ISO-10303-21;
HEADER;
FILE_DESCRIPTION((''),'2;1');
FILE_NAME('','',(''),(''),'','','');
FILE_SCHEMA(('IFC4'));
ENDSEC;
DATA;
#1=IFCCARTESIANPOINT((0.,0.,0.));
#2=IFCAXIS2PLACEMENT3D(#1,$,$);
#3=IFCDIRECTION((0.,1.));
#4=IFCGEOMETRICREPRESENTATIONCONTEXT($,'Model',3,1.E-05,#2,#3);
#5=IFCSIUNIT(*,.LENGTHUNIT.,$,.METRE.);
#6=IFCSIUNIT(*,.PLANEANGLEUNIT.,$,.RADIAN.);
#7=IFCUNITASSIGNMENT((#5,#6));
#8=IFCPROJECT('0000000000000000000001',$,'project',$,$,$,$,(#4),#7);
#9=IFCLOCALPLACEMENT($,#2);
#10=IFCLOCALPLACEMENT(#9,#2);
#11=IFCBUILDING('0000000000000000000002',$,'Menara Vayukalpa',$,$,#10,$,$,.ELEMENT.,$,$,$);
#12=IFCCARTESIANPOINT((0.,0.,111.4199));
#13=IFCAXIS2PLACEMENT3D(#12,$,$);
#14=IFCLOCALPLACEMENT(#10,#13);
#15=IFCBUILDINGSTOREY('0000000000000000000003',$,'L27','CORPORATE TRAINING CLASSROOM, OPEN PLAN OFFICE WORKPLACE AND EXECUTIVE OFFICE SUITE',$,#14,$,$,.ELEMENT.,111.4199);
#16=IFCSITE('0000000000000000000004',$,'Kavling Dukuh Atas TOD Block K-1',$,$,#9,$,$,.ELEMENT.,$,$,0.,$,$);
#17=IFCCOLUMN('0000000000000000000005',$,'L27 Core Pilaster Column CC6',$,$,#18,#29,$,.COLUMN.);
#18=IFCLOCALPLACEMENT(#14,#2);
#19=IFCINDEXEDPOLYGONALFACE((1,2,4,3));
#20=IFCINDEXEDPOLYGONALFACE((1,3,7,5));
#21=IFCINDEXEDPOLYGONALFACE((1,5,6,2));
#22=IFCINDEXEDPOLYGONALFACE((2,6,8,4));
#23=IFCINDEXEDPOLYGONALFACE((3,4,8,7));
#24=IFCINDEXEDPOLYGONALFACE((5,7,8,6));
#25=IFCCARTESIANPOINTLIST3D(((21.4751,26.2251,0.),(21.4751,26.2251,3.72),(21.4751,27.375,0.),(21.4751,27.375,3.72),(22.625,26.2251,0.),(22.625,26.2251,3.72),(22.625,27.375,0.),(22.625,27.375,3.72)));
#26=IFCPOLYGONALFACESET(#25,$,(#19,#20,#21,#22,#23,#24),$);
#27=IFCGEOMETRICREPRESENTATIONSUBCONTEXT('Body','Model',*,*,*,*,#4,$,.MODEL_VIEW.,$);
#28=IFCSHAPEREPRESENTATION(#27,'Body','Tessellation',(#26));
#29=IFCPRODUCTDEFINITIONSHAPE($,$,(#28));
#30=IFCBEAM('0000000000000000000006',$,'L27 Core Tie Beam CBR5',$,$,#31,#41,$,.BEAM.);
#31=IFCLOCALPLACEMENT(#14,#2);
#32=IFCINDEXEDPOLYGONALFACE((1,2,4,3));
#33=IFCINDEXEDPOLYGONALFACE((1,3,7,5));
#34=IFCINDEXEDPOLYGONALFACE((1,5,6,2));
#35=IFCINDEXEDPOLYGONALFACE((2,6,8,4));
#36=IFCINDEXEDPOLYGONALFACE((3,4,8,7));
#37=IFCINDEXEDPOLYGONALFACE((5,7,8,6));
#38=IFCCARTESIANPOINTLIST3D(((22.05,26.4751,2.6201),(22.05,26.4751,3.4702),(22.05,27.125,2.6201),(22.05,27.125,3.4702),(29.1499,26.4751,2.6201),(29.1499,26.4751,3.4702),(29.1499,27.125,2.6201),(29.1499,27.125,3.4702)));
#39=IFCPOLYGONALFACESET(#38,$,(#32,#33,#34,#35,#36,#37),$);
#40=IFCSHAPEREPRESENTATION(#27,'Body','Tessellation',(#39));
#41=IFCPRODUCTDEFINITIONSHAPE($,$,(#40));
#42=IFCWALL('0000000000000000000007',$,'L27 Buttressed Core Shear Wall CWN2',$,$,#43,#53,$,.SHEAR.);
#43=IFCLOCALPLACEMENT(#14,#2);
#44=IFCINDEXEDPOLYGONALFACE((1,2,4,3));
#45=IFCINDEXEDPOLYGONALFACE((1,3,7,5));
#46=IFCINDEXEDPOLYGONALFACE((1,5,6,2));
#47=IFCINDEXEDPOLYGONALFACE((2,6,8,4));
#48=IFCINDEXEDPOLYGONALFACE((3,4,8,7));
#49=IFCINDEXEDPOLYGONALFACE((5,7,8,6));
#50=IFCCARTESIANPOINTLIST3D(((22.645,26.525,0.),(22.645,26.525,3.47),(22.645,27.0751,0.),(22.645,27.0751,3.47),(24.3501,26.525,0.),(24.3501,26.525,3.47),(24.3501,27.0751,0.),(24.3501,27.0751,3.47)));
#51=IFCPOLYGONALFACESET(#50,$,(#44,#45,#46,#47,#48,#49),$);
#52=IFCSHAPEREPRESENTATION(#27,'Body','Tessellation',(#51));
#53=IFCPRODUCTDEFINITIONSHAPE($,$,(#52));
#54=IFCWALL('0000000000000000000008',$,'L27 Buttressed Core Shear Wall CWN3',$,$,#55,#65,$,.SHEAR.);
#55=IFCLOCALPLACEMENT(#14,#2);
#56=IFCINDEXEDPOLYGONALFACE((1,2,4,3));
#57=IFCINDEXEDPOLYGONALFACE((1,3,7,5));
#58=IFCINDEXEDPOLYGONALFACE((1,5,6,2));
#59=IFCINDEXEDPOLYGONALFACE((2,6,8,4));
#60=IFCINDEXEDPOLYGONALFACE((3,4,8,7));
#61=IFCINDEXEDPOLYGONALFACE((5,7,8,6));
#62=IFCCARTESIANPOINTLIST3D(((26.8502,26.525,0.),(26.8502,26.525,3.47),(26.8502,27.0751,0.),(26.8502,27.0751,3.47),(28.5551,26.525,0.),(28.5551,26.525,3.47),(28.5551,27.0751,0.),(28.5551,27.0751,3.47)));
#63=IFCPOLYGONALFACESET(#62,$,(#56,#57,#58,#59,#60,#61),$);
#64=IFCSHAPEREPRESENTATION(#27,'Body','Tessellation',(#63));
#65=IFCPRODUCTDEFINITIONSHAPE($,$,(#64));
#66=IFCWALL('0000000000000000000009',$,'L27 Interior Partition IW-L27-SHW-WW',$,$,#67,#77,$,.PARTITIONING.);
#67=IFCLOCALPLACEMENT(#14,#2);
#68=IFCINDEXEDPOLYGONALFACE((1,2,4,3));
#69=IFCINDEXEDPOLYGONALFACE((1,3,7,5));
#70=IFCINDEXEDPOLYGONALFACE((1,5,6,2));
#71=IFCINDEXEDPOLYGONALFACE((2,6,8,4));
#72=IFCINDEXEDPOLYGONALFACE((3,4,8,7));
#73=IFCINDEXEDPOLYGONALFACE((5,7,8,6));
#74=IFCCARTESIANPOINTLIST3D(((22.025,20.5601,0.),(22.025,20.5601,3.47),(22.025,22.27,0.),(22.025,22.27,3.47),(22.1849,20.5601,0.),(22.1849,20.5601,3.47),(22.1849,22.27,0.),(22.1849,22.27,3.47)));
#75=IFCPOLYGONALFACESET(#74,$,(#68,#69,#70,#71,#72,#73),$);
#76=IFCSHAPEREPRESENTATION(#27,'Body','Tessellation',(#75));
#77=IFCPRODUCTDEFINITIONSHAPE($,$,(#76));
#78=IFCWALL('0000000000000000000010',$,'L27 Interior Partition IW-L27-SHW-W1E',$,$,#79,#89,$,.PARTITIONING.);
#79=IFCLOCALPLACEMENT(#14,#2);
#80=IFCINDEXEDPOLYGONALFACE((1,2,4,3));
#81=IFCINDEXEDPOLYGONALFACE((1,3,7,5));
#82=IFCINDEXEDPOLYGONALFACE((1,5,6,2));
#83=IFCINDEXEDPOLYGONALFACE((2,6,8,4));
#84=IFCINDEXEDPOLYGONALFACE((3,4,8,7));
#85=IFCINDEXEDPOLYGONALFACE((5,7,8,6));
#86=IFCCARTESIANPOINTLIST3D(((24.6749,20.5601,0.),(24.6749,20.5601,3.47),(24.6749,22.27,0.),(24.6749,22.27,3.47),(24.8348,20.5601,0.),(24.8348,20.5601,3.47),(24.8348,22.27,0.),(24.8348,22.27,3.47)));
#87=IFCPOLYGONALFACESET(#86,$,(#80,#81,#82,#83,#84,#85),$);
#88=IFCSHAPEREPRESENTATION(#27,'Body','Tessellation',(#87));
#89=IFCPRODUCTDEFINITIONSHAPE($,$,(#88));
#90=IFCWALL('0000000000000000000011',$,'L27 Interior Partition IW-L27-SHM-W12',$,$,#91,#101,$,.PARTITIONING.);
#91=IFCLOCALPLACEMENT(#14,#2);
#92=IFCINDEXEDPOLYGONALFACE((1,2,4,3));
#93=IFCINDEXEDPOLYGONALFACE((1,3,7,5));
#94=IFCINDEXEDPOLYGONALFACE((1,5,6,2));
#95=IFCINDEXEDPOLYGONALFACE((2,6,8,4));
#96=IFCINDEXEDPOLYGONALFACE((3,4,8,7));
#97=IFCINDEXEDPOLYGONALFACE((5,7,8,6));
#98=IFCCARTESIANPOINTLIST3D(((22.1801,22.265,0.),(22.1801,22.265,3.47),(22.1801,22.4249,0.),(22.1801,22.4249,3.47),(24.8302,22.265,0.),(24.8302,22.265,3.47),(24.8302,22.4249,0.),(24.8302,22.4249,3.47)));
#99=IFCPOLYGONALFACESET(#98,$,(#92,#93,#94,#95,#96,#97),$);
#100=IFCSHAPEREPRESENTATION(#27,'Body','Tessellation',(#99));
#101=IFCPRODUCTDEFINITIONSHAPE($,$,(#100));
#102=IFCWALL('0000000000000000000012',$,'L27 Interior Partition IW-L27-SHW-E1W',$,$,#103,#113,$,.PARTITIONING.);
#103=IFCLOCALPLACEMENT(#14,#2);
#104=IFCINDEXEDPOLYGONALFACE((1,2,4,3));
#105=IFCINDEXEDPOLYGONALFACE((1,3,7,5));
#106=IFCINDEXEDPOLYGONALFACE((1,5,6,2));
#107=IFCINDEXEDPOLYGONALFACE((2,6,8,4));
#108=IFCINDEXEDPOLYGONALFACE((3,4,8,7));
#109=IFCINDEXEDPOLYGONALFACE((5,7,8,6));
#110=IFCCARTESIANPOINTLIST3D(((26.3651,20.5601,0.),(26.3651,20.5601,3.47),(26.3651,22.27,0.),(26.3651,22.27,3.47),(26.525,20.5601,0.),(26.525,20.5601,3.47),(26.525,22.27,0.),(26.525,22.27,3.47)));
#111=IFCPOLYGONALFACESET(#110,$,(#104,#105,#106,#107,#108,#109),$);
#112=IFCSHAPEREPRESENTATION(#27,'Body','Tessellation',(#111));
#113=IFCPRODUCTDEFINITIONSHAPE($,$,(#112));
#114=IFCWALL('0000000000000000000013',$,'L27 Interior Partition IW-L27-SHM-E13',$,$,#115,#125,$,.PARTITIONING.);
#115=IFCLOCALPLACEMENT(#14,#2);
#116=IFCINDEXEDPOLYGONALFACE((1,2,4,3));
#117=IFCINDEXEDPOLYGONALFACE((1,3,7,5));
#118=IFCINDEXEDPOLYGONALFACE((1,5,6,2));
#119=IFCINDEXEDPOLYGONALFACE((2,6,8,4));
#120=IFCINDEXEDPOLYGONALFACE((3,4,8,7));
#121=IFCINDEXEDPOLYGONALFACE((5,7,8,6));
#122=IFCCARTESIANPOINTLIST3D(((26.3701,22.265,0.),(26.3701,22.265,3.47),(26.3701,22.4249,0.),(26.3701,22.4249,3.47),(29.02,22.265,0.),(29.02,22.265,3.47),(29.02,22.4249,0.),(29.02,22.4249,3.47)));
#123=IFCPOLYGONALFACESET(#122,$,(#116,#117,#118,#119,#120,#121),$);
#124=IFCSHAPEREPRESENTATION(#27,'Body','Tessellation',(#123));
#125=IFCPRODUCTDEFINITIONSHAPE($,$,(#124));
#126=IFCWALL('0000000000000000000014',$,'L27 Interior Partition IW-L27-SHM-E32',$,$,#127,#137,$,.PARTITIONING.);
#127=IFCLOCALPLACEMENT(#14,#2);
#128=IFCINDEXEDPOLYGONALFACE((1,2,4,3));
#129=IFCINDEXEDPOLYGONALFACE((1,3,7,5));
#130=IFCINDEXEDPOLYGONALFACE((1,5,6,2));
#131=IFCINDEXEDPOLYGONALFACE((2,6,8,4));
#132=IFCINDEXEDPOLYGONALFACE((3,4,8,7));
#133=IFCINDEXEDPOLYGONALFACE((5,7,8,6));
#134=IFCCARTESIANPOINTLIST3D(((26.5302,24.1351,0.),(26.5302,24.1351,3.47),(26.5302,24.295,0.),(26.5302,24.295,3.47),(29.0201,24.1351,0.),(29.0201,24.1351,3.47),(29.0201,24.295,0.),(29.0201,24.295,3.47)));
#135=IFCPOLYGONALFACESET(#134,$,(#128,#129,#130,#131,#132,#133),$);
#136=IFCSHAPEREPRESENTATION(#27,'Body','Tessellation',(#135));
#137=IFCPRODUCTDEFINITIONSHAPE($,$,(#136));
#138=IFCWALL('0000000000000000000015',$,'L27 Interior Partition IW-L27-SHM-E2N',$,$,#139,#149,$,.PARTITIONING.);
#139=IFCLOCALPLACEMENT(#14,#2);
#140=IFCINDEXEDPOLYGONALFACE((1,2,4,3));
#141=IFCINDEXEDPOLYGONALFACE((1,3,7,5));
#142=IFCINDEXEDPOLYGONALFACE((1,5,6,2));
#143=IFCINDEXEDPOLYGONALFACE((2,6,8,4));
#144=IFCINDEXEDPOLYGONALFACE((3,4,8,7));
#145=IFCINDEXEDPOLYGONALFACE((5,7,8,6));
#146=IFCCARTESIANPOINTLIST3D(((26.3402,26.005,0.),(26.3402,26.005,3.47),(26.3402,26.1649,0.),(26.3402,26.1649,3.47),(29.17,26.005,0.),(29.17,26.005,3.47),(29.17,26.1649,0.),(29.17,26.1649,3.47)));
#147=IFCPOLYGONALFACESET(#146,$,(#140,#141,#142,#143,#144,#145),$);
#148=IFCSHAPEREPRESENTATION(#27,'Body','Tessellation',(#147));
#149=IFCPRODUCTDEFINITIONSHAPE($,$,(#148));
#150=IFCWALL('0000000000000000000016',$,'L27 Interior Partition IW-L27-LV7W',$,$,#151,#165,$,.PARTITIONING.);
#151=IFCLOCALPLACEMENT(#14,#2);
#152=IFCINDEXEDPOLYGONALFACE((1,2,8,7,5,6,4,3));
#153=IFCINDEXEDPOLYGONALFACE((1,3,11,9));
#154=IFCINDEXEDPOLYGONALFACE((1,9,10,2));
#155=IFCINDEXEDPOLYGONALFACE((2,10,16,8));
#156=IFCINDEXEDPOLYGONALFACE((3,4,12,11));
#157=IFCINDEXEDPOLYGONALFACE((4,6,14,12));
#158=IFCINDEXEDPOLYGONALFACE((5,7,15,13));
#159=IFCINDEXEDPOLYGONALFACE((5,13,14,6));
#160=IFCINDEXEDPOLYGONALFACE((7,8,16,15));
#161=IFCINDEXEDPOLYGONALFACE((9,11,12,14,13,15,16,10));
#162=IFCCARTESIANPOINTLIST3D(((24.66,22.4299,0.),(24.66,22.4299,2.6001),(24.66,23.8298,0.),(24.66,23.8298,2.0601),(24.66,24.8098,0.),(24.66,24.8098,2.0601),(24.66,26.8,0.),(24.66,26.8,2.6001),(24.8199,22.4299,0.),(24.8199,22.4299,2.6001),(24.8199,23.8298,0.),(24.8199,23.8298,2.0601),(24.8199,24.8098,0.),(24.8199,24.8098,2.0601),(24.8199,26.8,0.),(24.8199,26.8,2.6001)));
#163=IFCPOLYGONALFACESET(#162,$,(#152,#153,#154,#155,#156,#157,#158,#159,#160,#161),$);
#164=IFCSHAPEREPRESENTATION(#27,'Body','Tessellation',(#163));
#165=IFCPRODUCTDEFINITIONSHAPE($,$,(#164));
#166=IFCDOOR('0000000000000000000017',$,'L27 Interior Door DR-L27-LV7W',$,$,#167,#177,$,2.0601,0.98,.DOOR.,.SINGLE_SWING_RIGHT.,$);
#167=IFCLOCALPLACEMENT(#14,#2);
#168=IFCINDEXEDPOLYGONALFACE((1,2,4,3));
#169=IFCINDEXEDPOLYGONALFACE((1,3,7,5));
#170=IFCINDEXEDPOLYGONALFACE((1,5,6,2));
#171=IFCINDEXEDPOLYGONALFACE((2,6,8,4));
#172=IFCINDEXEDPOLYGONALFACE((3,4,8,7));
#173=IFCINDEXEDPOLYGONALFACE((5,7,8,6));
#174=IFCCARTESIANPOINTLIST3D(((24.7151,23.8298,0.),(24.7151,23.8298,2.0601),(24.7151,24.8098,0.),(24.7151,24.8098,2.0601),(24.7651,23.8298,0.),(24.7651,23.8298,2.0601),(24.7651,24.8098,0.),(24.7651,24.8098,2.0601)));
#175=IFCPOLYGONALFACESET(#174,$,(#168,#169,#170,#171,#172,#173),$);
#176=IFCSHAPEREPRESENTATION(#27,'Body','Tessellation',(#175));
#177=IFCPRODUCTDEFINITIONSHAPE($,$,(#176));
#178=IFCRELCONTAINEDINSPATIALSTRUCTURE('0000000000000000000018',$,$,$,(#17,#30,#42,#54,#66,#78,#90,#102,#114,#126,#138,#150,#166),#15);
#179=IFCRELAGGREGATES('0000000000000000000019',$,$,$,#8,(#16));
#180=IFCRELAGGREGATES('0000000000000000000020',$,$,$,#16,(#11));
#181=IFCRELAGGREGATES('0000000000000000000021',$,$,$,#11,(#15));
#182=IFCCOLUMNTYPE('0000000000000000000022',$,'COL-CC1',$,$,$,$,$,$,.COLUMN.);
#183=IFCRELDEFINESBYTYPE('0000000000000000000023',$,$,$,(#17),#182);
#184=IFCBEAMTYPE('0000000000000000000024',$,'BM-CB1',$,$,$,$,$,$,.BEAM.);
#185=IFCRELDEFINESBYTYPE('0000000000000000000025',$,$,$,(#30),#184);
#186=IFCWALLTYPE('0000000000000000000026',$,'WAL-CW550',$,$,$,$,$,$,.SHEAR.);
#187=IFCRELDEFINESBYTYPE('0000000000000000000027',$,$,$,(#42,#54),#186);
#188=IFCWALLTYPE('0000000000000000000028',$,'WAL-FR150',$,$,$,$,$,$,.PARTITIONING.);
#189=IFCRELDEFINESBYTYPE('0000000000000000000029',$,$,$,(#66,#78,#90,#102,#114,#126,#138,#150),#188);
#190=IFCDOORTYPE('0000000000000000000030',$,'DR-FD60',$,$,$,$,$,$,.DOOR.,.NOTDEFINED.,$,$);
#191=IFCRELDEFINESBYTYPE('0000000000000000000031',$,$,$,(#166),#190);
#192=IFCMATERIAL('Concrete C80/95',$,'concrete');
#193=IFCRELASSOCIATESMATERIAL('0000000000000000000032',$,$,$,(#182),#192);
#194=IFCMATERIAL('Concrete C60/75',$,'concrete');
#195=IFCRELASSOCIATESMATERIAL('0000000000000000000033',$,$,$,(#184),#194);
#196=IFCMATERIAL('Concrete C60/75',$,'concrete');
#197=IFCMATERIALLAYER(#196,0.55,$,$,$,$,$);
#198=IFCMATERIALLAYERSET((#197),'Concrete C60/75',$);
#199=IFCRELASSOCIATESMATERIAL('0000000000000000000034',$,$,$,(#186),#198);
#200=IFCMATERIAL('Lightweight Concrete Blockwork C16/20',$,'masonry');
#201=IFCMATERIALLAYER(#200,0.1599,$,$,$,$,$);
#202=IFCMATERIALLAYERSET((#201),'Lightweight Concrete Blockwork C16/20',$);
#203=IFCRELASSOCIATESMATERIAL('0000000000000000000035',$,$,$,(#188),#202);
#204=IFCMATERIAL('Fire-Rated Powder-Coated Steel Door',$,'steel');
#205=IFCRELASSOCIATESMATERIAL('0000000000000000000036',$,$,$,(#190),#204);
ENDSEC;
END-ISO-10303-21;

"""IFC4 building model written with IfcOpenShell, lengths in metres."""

from ifc_helpers import new_model, si_unit, direction, frame, frame_2d, origin, origin_2d, place, context, subcontext, project, spatial, rectangle, extrude, material, layer, layer_set, material_profile, profile_set, type_object, element, fill, save


model = new_model("IFC4")

# Units and contexts
model_context = context("Model", 3, precision=1e-05, world=origin(), true_north=direction((0.0, 1.0)))
body_context = subcontext(model_context, "Body", "Model", "MODEL_VIEW")
ifc_project = project(units=[si_unit("LENGTHUNIT", "METRE"), si_unit("PLANEANGLEUNIT", "RADIAN")], contexts=[model_context])

# Site, building, storey
site_placement = place(None, origin())
site = spatial("IfcSite", under=ifc_project, at=site_placement, Name="Kavling Dukuh Atas TOD Block K-1", CompositionType="ELEMENT", RefElevation=0.0)
building_placement = place(site_placement, origin())
building = spatial("IfcBuilding", under=site, at=building_placement, Name="Menara Vayukalpa", CompositionType="ELEMENT")
storey_placement = place(building_placement, frame((0.0, 0.0, 111.4199)))
storey = spatial("IfcBuildingStorey", under=building, at=storey_placement, Name="L27", Description="CORPORATE TRAINING CLASSROOM, OPEN PLAN OFFICE WORKPLACE AND EXECUTIVE OFFICE SUITE", CompositionType="ELEMENT", Elevation=111.4199)

# Column
ifc_material_1 = material(Name="Concrete C80/95", Category="concrete")
ifc_material_profile_1 = material_profile(ifc_material_1, rectangle(XDim=1.1499, YDim=1.1499, at=origin_2d()), Name="RC 1150x1150")
ifc_profile_set_1 = profile_set([ifc_material_profile_1], Name="Concrete C80/95")
column_type = type_object("IfcColumnType", Name="COL-CC1", PredefinedType="COLUMN", material=ifc_profile_set_1)
column_placement = place(storey_placement, frame((22.05, 26.8, 0.0), z_axis=(0.0, 0.0, 1.0), x_axis=(1.0, 0.0, 0.0)))
element("IfcColumn", 1, at=column_placement, inside=storey, type_object=column_type, Name="L27 Core Pilaster Column CC6", PredefinedType="COLUMN", context=body_context, shape_type="SweptSolid", body=[
    extrude(rectangle(XDim=1.1499, YDim=1.1499, at=origin_2d()), origin(), (0.0, 0.0, 1.0), 3.72),
])

# Beam
ifc_material_2 = material(Name="Concrete C60/75", Category="concrete")
ifc_material_profile_2 = material_profile(ifc_material_2, rectangle(XDim=0.6499, YDim=0.8501, at=origin_2d()), Name="RC 650x850")
ifc_profile_set_2 = profile_set([ifc_material_profile_2], Name="Concrete C60/75")
beam_type = type_object("IfcBeamType", Name="BM-CB1", PredefinedType="BEAM", material=ifc_profile_set_2)
beam_placement = place(storey_placement, frame((22.05, 26.8, 3.0452), z_axis=(1.0, 0.0, 0.0), x_axis=(0.0, 1.0, 0.0)))
element("IfcBeam", 2, at=beam_placement, inside=storey, type_object=beam_type, Name="L27 Core Tie Beam CBR5", PredefinedType="BEAM", context=body_context, shape_type="SweptSolid", body=[
    extrude(rectangle(XDim=0.6499, YDim=0.8501, at=origin_2d()), origin(), (0.0, 0.0, 1.0), 7.0999),
])

# Walls
ifc_material_3 = material(Name="Concrete C60/75", Category="concrete")
ifc_layer_1 = layer(ifc_material_3, 0.55)
ifc_layer_set_1 = layer_set([ifc_layer_1], Name="Concrete C60/75")
wall_type_1 = type_object("IfcWallType", Name="WAL-CW550", PredefinedType="SHEAR", material=ifc_layer_set_1)
wall_1_placement = place(storey_placement, frame((22.645, 26.8, 0.0), z_axis=(0.0, 0.0, 1.0), x_axis=(1.0, 0.0, 0.0)))
element("IfcWall", 3, at=wall_1_placement, inside=storey, type_object=wall_type_1, Name="L27 Buttressed Core Shear Wall CWN2", PredefinedType="SHEAR", context=body_context, shape_type="SweptSolid", body=[
    extrude(rectangle(XDim=1.7051, YDim=0.55, at=frame_2d((0.8525, 0.0))), origin(), (0.0, 0.0, 1.0), 3.47),
])
wall_2_placement = place(storey_placement, frame((26.8501, 26.8, 0.0), z_axis=(0.0, 0.0, 1.0), x_axis=(1.0, 0.0, 0.0)))
element("IfcWall", 4, at=wall_2_placement, inside=storey, type_object=wall_type_1, Name="L27 Buttressed Core Shear Wall CWN3", PredefinedType="SHEAR", context=body_context, shape_type="SweptSolid", body=[
    extrude(rectangle(XDim=1.7048, YDim=0.55, at=frame_2d((0.8525, 0.0))), origin(), (0.0, 0.0, 1.0), 3.47),
])
ifc_material_4 = material(Name="Lightweight Concrete Blockwork C16/20", Category="masonry")
ifc_layer_2 = layer(ifc_material_4, 0.1599)
ifc_layer_set_2 = layer_set([ifc_layer_2], Name="Lightweight Concrete Blockwork C16/20")
wall_type_2 = type_object("IfcWallType", Name="WAL-FR150", PredefinedType="PARTITIONING", material=ifc_layer_set_2)
for number, where, z_axis, x_axis, name in (
    (5, (22.105, 20.5601, 0.0), (0.0, 0.0, 1.0), (0.0, 1.0, 0.0), "L27 Interior Partition IW-L27-SHW-WW"),
    (6, (24.7549, 20.5601, 0.0), (0.0, 0.0, 1.0), (0.0, 1.0, 0.0), "L27 Interior Partition IW-L27-SHW-W1E"),
):
    element("IfcWall", number, at=place(storey_placement, frame(where, z_axis=z_axis, x_axis=x_axis)), inside=storey, type_object=wall_type_2, Name=name, PredefinedType="PARTITIONING", context=body_context, shape_type="SweptSolid", body=[
        extrude(rectangle(XDim=1.71, YDim=0.1599, at=frame_2d((0.855, 0.0))), origin(), (0.0, 0.0, 1.0), 3.47),
    ])
wall_3_placement = place(storey_placement, frame((22.1799, 22.345, 0.0), z_axis=(0.0, 0.0, 1.0), x_axis=(1.0, 0.0, 0.0)))
element("IfcWall", 7, at=wall_3_placement, inside=storey, type_object=wall_type_2, Name="L27 Interior Partition IW-L27-SHM-W12", PredefinedType="PARTITIONING", context=body_context, shape_type="SweptSolid", body=[
    extrude(rectangle(XDim=2.6501, YDim=0.1599, at=frame_2d((1.3252, 0.0))), origin(), (0.0, 0.0, 1.0), 3.47),
])
wall_4_placement = place(storey_placement, frame((26.4451, 20.5601, 0.0), z_axis=(0.0, 0.0, 1.0), x_axis=(0.0, 1.0, 0.0)))
element("IfcWall", 8, at=wall_4_placement, inside=storey, type_object=wall_type_2, Name="L27 Interior Partition IW-L27-SHW-E1W", PredefinedType="PARTITIONING", context=body_context, shape_type="SweptSolid", body=[
    extrude(rectangle(XDim=1.71, YDim=0.1599, at=frame_2d((0.855, 0.0))), origin(), (0.0, 0.0, 1.0), 3.47),
])
wall_5_placement = place(storey_placement, frame((26.3701, 22.345, 0.0), z_axis=(0.0, 0.0, 1.0), x_axis=(1.0, 0.0, 0.0)))
element("IfcWall", 9, at=wall_5_placement, inside=storey, type_object=wall_type_2, Name="L27 Interior Partition IW-L27-SHM-E13", PredefinedType="PARTITIONING", context=body_context, shape_type="SweptSolid", body=[
    extrude(rectangle(XDim=2.6499, YDim=0.1599, at=frame_2d((1.325, 0.0))), origin(), (0.0, 0.0, 1.0), 3.47),
])
wall_6_placement = place(storey_placement, frame((26.53, 24.2151, 0.0), z_axis=(0.0, 0.0, 1.0), x_axis=(1.0, 0.0, 0.0)))
element("IfcWall", 10, at=wall_6_placement, inside=storey, type_object=wall_type_2, Name="L27 Interior Partition IW-L27-SHM-E32", PredefinedType="PARTITIONING", context=body_context, shape_type="SweptSolid", body=[
    extrude(rectangle(XDim=2.49, YDim=0.1599, at=frame_2d((1.2451, 0.0))), origin(), (0.0, 0.0, 1.0), 3.47),
])
wall_7_placement = place(storey_placement, frame((26.3401, 26.085, 0.0), z_axis=(0.0, 0.0, 1.0), x_axis=(1.0, 0.0, 0.0)))
element("IfcWall", 11, at=wall_7_placement, inside=storey, type_object=wall_type_2, Name="L27 Interior Partition IW-L27-SHM-E2N", PredefinedType="PARTITIONING", context=body_context, shape_type="SweptSolid", body=[
    extrude(rectangle(XDim=2.8298, YDim=0.1599, at=frame_2d((1.415, 0.0))), origin(), (0.0, 0.0, 1.0), 3.47),
])

# Wall, opening, door
wall_8_placement = place(storey_placement, frame((24.74, 22.4299, 0.0), z_axis=(0.0, 0.0, 1.0), x_axis=(0.0, 1.0, 0.0)))
wall_8 = element("IfcWall", 12, at=wall_8_placement, inside=storey, type_object=wall_type_2, Name="L27 Interior Partition IW-L27-LV7W", PredefinedType="PARTITIONING", context=body_context, shape_type="SweptSolid", body=[
    extrude(rectangle(XDim=4.3701, YDim=0.1599, at=frame_2d((2.1851, 0.0))), origin(), (0.0, 0.0, 1.0), 2.6001),
])
opening_1_placement = place(wall_8_placement, frame((1.3999, 0.0, 0.0)))
opening_1 = element("IfcOpeningElement", 13, at=opening_1_placement, cuts=wall_8, PredefinedType="OPENING", context=body_context, shape_type="SweptSolid", body=[
    extrude(rectangle(XDim=0.98, YDim=2.0601, at=frame_2d((0.49, 1.03))), frame((0.0, 0.0898, 0.0), z_axis=(0.0, -1.0, 0.0), x_axis=(1.0, 0.0, 0.0)), (0.0, 0.0, 1.0), 0.1799),
])
ifc_material_5 = material(Name="Fire-Rated Powder-Coated Steel Door", Category="steel")
door_type_1 = type_object("IfcDoorType", Name="DR-FD60", OperationType="NOTDEFINED", PredefinedType="DOOR", material=ifc_material_5)
door_1_placement = place(opening_1_placement, origin())
door_1 = element("IfcDoor", 14, at=door_1_placement, inside=storey, type_object=door_type_1, Name="L27 Interior Door DR-L27-LV7W", OperationType="SINGLE_SWING_RIGHT", OverallHeight=2.0601, OverallWidth=0.98, PredefinedType="DOOR", context=body_context, shape_type="SweptSolid", body=[
    extrude(rectangle(XDim=0.98, YDim=2.0601, at=frame_2d((0.49, 1.03))), frame((0.0, 0.0249, 0.0), z_axis=(0.0, -1.0, 0.0), x_axis=(1.0, 0.0, 0.0)), (0.0, 0.0, 1.0), 0.05),
])
fill(opening_1, door_1)

save(model, "model.ifc")
